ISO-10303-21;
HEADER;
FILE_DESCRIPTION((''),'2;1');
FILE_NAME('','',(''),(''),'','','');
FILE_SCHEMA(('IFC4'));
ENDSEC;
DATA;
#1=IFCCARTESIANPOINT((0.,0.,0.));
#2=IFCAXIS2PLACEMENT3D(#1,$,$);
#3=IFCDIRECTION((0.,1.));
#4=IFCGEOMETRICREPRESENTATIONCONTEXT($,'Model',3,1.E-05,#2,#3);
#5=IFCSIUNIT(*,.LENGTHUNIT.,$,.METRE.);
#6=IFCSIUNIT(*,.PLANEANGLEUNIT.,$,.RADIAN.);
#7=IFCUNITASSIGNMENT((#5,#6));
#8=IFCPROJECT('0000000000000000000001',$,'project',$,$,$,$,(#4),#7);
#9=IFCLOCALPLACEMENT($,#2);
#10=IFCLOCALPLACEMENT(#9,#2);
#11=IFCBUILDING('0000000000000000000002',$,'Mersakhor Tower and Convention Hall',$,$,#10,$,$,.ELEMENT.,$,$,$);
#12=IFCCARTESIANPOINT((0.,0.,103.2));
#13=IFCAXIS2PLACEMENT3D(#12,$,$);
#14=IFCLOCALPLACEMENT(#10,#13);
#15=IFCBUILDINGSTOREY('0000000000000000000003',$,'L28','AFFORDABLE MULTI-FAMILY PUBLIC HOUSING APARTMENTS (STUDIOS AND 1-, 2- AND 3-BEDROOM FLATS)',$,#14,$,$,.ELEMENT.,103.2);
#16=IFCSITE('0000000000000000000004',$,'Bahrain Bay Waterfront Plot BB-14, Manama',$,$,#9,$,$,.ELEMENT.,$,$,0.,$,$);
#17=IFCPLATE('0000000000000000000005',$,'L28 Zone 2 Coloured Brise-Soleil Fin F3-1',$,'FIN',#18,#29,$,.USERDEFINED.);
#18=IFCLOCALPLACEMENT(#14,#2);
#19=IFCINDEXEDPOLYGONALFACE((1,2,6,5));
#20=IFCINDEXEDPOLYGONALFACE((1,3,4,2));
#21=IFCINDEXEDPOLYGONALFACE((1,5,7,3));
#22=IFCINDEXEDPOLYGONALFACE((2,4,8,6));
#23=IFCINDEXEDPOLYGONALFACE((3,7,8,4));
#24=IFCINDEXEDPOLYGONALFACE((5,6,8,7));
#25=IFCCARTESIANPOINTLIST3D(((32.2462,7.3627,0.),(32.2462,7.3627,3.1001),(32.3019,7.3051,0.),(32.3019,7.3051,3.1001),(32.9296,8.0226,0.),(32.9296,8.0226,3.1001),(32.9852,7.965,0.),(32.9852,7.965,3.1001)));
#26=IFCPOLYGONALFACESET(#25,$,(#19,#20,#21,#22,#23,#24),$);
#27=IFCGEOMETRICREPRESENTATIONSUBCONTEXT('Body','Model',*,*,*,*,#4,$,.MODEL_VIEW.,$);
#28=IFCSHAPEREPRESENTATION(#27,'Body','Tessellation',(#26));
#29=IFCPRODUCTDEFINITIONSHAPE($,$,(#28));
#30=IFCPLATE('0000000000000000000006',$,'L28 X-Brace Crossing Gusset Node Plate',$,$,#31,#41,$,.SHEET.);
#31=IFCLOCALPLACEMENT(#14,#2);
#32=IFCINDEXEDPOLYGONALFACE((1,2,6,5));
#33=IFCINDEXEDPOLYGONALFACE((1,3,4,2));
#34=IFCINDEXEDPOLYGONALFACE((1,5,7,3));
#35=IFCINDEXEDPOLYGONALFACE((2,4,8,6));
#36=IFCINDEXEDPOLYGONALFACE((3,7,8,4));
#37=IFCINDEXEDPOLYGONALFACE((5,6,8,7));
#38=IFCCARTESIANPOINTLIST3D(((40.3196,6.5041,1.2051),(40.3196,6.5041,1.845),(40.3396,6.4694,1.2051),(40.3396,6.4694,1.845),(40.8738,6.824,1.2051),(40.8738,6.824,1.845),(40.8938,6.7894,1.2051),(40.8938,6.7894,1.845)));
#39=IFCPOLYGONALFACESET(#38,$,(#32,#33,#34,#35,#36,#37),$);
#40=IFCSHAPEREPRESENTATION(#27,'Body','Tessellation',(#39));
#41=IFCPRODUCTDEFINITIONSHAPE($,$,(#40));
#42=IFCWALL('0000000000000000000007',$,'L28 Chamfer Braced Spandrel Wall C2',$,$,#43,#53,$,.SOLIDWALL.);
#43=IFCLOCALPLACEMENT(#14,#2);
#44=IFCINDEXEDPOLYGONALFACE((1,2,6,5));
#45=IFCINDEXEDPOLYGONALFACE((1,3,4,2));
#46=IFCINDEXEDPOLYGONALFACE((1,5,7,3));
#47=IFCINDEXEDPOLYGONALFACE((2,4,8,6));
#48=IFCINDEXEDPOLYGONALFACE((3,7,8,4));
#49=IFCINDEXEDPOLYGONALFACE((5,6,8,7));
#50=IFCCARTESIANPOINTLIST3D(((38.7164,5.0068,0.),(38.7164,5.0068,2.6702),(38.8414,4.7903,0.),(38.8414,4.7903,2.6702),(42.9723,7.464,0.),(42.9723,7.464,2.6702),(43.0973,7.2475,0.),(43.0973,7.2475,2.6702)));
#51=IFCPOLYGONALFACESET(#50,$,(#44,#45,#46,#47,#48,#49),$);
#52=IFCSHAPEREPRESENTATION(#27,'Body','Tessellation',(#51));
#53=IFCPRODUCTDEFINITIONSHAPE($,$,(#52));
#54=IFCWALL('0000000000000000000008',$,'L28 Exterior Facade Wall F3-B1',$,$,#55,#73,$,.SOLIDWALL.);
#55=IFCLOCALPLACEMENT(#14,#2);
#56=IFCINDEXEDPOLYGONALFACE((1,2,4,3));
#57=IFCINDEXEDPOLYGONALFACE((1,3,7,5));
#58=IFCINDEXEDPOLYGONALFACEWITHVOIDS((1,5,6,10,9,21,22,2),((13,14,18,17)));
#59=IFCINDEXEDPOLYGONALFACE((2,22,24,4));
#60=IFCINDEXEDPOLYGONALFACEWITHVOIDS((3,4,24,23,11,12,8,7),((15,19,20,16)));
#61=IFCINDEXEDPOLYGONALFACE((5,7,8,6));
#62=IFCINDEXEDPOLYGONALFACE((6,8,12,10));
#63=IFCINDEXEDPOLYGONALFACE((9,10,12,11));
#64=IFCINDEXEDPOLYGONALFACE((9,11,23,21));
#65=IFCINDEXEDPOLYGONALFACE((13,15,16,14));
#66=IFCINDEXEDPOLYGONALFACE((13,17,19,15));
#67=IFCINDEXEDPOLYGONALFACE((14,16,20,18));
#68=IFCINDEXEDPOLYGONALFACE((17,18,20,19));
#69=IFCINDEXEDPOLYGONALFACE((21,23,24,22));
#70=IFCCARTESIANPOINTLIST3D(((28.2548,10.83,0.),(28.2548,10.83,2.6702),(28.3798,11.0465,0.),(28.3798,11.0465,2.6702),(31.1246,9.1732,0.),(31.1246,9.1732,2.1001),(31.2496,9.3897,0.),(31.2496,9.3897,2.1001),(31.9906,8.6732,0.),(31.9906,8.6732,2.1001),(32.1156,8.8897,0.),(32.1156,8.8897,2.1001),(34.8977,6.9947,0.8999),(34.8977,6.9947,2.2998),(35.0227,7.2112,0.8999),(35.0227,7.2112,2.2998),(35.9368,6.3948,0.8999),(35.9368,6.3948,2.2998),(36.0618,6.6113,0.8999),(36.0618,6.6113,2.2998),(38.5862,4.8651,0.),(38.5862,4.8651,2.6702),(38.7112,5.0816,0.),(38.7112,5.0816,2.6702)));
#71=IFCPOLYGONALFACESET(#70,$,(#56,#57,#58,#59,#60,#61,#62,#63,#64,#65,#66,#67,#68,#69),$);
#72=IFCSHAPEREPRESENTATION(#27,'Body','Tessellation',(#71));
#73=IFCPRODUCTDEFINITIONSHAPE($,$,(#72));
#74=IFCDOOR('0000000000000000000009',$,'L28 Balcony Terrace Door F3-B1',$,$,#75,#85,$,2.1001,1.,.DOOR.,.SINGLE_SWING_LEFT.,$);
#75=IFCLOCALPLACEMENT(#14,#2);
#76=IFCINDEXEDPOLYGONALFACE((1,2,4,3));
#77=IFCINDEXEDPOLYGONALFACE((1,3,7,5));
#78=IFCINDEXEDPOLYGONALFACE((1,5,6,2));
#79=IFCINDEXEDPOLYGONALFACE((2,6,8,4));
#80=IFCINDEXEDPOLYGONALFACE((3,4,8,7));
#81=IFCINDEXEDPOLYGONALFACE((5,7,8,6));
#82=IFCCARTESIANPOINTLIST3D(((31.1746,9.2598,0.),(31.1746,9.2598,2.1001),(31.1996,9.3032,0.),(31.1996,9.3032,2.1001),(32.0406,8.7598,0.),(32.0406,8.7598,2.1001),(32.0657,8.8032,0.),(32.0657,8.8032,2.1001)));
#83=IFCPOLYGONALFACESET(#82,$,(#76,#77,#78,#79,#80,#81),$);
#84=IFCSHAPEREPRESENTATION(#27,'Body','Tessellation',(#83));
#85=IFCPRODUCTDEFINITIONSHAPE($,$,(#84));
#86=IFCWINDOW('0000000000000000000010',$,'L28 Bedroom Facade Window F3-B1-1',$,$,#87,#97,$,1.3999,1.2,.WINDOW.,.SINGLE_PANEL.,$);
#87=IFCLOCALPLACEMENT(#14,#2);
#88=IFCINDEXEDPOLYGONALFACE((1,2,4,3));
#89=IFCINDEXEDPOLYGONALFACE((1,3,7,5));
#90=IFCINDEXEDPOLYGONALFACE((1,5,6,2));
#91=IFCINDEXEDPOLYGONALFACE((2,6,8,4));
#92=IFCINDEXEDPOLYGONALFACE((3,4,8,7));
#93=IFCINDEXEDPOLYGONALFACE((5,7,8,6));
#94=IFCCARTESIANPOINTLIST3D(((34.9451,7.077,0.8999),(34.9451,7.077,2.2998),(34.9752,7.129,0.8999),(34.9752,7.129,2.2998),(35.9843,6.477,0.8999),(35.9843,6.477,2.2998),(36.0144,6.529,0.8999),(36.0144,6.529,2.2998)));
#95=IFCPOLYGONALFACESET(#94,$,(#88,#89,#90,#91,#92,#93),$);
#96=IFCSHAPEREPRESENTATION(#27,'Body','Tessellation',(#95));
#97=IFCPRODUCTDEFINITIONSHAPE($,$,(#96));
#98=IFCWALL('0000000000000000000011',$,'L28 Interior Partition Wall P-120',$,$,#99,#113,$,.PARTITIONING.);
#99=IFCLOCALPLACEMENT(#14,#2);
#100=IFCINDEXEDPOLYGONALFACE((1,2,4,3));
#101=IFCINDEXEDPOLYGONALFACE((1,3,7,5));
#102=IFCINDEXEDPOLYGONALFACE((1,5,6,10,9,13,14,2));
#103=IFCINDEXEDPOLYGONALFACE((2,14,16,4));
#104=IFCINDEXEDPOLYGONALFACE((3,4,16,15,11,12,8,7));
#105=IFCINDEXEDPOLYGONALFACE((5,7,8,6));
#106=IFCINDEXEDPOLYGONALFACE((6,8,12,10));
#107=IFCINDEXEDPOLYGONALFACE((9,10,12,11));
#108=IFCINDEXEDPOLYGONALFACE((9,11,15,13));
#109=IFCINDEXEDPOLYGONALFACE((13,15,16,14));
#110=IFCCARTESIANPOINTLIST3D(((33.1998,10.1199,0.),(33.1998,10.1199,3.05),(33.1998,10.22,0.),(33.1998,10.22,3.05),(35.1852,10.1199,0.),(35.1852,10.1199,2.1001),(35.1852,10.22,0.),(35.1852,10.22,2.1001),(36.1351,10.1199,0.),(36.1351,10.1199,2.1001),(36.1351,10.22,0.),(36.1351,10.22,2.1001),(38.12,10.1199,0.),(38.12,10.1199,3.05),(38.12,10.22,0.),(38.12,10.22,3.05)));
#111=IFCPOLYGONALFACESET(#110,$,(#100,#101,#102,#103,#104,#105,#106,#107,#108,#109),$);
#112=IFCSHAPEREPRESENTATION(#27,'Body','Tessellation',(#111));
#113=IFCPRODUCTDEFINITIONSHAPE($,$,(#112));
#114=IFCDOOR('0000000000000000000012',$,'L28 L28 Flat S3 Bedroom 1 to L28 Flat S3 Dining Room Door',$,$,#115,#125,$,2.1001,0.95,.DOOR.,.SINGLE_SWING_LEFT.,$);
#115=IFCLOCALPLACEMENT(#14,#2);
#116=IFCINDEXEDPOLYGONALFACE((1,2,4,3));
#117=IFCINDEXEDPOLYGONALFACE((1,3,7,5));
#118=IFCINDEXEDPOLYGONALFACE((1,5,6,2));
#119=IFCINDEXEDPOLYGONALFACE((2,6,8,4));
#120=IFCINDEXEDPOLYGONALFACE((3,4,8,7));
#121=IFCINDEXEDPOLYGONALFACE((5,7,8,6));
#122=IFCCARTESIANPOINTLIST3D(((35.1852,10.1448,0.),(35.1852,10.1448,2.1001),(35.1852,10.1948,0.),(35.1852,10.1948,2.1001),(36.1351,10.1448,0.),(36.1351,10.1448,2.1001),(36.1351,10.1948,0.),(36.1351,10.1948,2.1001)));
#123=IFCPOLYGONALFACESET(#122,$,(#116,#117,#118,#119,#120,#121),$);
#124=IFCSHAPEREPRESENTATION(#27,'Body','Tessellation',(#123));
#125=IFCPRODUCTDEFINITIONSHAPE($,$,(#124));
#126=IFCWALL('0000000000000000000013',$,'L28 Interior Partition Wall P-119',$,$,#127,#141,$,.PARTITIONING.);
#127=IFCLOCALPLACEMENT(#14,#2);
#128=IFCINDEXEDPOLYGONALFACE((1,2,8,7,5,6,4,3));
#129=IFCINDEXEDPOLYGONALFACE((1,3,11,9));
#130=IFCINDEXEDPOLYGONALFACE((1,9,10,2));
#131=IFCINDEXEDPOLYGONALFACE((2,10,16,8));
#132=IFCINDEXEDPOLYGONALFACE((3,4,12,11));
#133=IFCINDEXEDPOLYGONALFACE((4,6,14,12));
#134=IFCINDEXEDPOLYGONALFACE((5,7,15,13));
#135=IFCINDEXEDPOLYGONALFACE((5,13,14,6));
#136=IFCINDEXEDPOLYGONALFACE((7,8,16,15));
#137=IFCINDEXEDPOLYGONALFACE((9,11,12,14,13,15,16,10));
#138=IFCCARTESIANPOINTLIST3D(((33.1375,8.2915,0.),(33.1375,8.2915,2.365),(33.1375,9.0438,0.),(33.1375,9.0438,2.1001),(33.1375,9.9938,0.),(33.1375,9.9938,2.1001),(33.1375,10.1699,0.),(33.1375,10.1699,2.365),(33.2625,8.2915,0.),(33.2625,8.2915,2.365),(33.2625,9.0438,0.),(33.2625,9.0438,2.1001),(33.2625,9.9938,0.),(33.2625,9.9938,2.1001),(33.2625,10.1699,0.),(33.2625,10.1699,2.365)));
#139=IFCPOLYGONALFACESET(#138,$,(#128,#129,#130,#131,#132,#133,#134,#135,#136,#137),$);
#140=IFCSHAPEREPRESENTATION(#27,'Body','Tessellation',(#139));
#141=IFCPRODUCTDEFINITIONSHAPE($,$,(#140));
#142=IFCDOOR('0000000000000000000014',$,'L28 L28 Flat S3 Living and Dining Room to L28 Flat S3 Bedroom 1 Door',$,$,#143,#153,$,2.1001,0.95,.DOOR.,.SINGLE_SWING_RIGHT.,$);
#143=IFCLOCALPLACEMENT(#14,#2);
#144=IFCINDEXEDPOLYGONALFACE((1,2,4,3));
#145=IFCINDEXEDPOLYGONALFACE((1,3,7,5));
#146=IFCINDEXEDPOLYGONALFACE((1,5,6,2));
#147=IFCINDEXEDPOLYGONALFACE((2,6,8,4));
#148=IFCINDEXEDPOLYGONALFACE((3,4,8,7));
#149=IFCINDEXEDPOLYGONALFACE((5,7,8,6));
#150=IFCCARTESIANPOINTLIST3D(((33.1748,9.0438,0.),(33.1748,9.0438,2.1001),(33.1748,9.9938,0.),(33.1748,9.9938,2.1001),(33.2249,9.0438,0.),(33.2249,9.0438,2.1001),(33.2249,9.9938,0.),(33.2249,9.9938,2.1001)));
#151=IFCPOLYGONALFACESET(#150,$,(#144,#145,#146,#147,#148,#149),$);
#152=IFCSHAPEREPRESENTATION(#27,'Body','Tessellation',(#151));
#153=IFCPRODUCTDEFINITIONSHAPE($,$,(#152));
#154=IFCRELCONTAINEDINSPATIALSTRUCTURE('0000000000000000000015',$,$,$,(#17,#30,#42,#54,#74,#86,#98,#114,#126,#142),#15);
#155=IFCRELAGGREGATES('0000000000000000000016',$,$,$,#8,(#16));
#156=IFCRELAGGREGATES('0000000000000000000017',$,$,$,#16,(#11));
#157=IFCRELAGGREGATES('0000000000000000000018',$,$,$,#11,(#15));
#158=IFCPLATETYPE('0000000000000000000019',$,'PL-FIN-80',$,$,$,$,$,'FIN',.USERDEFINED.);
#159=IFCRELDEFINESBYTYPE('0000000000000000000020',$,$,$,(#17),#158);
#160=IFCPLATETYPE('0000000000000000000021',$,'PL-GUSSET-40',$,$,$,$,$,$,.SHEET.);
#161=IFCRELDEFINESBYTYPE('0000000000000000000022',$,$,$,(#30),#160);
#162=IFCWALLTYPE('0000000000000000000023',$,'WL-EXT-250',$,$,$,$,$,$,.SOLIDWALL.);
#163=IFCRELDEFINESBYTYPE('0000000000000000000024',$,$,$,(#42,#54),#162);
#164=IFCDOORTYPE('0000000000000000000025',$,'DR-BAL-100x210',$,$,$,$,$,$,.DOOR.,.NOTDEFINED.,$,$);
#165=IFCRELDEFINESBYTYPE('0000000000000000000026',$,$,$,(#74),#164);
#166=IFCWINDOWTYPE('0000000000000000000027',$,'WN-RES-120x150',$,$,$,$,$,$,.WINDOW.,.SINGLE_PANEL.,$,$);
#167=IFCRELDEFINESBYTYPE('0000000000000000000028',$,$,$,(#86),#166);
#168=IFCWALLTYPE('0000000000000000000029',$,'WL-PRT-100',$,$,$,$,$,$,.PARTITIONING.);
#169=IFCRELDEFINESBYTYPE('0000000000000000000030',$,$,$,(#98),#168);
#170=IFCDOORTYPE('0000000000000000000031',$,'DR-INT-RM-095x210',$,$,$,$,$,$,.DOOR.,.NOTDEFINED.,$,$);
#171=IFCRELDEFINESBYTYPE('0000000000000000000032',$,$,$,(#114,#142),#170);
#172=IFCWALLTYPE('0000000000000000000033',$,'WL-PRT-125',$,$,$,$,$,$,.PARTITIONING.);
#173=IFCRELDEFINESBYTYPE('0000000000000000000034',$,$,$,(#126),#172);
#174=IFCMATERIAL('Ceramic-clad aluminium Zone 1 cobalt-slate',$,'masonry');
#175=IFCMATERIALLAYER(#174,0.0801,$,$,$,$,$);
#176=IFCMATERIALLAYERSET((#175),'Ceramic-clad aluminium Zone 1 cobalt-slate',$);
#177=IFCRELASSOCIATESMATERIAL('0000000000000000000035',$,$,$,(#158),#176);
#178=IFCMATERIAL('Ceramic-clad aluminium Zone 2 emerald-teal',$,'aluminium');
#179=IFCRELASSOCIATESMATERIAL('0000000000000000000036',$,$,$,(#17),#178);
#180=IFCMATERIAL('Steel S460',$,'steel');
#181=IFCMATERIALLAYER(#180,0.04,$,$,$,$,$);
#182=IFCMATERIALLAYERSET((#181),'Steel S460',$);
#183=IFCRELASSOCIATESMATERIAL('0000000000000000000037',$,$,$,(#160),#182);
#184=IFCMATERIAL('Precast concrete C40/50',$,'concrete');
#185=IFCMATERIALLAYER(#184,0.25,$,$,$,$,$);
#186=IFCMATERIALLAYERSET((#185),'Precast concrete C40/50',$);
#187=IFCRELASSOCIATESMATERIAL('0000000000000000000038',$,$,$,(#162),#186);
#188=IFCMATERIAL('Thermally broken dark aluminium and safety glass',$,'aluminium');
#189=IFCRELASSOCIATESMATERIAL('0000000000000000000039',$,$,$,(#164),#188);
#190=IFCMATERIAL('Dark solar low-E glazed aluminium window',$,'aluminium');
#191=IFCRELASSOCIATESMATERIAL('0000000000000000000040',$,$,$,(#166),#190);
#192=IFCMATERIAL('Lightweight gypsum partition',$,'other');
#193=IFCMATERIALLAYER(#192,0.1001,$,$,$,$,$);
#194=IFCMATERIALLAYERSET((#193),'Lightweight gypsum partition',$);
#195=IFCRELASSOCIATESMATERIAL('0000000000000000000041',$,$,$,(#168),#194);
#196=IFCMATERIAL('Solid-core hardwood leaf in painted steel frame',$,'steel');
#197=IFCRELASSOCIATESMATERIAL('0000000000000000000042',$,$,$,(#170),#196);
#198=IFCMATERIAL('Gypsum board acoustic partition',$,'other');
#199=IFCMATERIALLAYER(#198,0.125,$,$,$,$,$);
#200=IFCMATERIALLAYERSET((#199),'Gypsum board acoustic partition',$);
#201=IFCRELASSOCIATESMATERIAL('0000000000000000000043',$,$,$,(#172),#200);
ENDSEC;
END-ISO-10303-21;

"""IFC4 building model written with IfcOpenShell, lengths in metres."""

from ifc_helpers import new_model, si_unit, direction, frame, frame_2d, origin, origin_2d, place, context, subcontext, project, spatial, rectangle, extrude, material, layer, layer_set, type_object, element, fill, save


model = new_model("IFC4")

# Units and contexts
model_context = context("Model", 3, precision=1e-05, world=origin(), true_north=direction((0.0, 1.0)))
body_context = subcontext(model_context, "Body", "Model", "MODEL_VIEW")
ifc_project = project(units=[si_unit("LENGTHUNIT", "METRE"), si_unit("PLANEANGLEUNIT", "RADIAN")], contexts=[model_context])

# Site, building, storey
site_placement = place(None, origin())
site = spatial("IfcSite", under=ifc_project, at=site_placement, Name="Bahrain Bay Waterfront Plot BB-14, Manama", CompositionType="ELEMENT", RefElevation=0.0)
building_placement = place(site_placement, origin())
building = spatial("IfcBuilding", under=site, at=building_placement, Name="Mersakhor Tower and Convention Hall", CompositionType="ELEMENT")
storey_placement = place(building_placement, frame((0.0, 0.0, 103.2)))
storey = spatial("IfcBuildingStorey", under=building, at=storey_placement, Name="L28", Description="AFFORDABLE MULTI-FAMILY PUBLIC HOUSING APARTMENTS (STUDIOS AND 1-, 2- AND 3-BEDROOM FLATS)", CompositionType="ELEMENT", Elevation=103.2)

# Plates
ifc_material_1 = material(Name="Ceramic-clad aluminium Zone 2 emerald-teal", Category="aluminium")
ifc_material_2 = material(Name="Ceramic-clad aluminium Zone 1 cobalt-slate", Category="masonry")
ifc_layer_1 = layer(ifc_material_2, 0.0801)
ifc_layer_set_1 = layer_set([ifc_layer_1], Name="Ceramic-clad aluminium Zone 1 cobalt-slate")
plate_type_1 = type_object("IfcPlateType", Name="PL-FIN-80", ElementType="FIN", PredefinedType="USERDEFINED", material=ifc_layer_set_1)
plate_1_placement = place(storey_placement, frame((32.6157, 7.6638, 0.0), z_axis=(0.0, 0.0, 1.0), x_axis=(-0.71934, -0.694658, 0.0)))
element("IfcPlate", 1, at=plate_1_placement, inside=storey, type_object=plate_type_1, material=ifc_material_1, Name="L28 Zone 2 Coloured Brise-Soleil Fin F3-1", ObjectType="FIN", PredefinedType="USERDEFINED", context=body_context, shape_type="SweptSolid", body=[
    extrude(rectangle(XDim=0.95, YDim=0.0801, at=origin_2d()), origin(), (0.0, 0.0, 1.0), 3.1001),
])
ifc_material_3 = material(Name="Steel S460", Category="steel")
ifc_layer_2 = layer(ifc_material_3, 0.04)
ifc_layer_set_2 = layer_set([ifc_layer_2], Name="Steel S460")
plate_type_2 = type_object("IfcPlateType", Name="PL-GUSSET-40", PredefinedType="SHEET", material=ifc_layer_set_2)
plate_2_placement = place(storey_placement, frame((40.6067, 6.6467, 1.2051), z_axis=(0.0, 0.0, 1.0), x_axis=(0.866025, 0.5, 0.0)))
element("IfcPlate", 2, at=plate_2_placement, inside=storey, type_object=plate_type_2, Name="L28 X-Brace Crossing Gusset Node Plate", PredefinedType="SHEET", context=body_context, shape_type="SweptSolid", body=[
    extrude(rectangle(XDim=0.6399, YDim=0.04, at=origin_2d()), origin(), (0.0, 0.0, 1.0), 0.6399),
])

# Wall
ifc_material_4 = material(Name="Precast concrete C40/50", Category="concrete")
ifc_layer_3 = layer(ifc_material_4, 0.25)
ifc_layer_set_3 = layer_set([ifc_layer_3], Name="Precast concrete C40/50")
wall_type_1 = type_object("IfcWallType", Name="WL-EXT-250", PredefinedType="SOLIDWALL", material=ifc_layer_set_3)
wall_1_placement = place(storey_placement, frame((43.0347, 7.3557, 0.0), z_axis=(0.0, 0.0, 1.0), x_axis=(-0.866012, -0.500023, 0.0)))
element("IfcWall", 3, at=wall_1_placement, inside=storey, type_object=wall_type_1, Name="L28 Chamfer Braced Spandrel Wall C2", PredefinedType="SOLIDWALL", context=body_context, shape_type="SweptSolid", body=[
    extrude(rectangle(XDim=4.9143, YDim=0.25, at=frame_2d((2.457, 0.0))), origin(), (0.0, 0.0, 1.0), 2.6702),
])

# Wall, openings, door, window
wall_2_placement = place(storey_placement, frame((38.6487, 4.9734, 0.0), z_axis=(0.0, 0.0, 1.0), x_axis=(-0.866023, 0.500004, 0.0)))
wall_2 = element("IfcWall", 4, at=wall_2_placement, inside=storey, type_object=wall_type_1, Name="L28 Exterior Facade Wall F3-B1", PredefinedType="SOLIDWALL", context=body_context, shape_type="SweptSolid", body=[
    extrude(rectangle(XDim=11.9297, YDim=0.25, at=frame_2d((5.9648, 0.0))), origin(), (0.0, 0.0, 1.0), 2.6702),
])
opening_1_placement = place(wall_2_placement, frame((7.616, 0.0, 0.0)))
opening_1 = element("IfcOpeningElement", 5, at=opening_1_placement, cuts=wall_2, PredefinedType="OPENING", context=body_context, shape_type="SweptSolid", body=[
    extrude(rectangle(XDim=1.0, YDim=2.1001, at=frame_2d((0.5, 1.05))), frame((0.0, 0.135, 0.0), z_axis=(0.0, -1.0, 0.0), x_axis=(1.0, 0.0, 0.0)), (0.0, 0.0, 1.0), 0.27),
])
opening_2_placement = place(wall_2_placement, frame((3.0591, 0.0, 0.8999)))
opening_2 = element("IfcOpeningElement", 6, at=opening_2_placement, cuts=wall_2, PredefinedType="OPENING", context=body_context, shape_type="SweptSolid", body=[
    extrude(rectangle(XDim=1.2, YDim=1.3999, at=frame_2d((0.6001, 0.7))), frame((0.0, 0.135, 0.0), z_axis=(0.0, -1.0, 0.0), x_axis=(1.0, 0.0, 0.0)), (0.0, 0.0, 1.0), 0.27),
])
ifc_material_5 = material(Name="Thermally broken dark aluminium and safety glass", Category="aluminium")
door_type_1 = type_object("IfcDoorType", Name="DR-BAL-100x210", OperationType="NOTDEFINED", PredefinedType="DOOR", material=ifc_material_5)
door_1_placement = place(opening_1_placement, origin())
door_1 = element("IfcDoor", 7, at=door_1_placement, inside=storey, type_object=door_type_1, Name="L28 Balcony Terrace Door F3-B1", OperationType="SINGLE_SWING_LEFT", OverallHeight=2.1001, OverallWidth=1.0, PredefinedType="DOOR", context=body_context, shape_type="SweptSolid", body=[
    extrude(rectangle(XDim=1.0, YDim=2.1001, at=frame_2d((0.5, 1.05))), frame((0.0, 0.0249, 0.0), z_axis=(0.0, -1.0, 0.0), x_axis=(1.0, 0.0, 0.0)), (0.0, 0.0, 1.0), 0.05),
])
fill(opening_1, door_1)
ifc_material_6 = material(Name="Dark solar low-E glazed aluminium window", Category="aluminium")
window_type = type_object("IfcWindowType", Name="WN-RES-120x150", PartitioningType="SINGLE_PANEL", PredefinedType="WINDOW", material=ifc_material_6)
window_placement = place(opening_2_placement, origin())
window = element("IfcWindow", 8, at=window_placement, inside=storey, type_object=window_type, Name="L28 Bedroom Facade Window F3-B1-1", OverallHeight=1.3999, OverallWidth=1.2, PartitioningType="SINGLE_PANEL", PredefinedType="WINDOW", context=body_context, shape_type="SweptSolid", body=[
    extrude(rectangle(XDim=1.2, YDim=1.3999, at=frame_2d((0.6001, 0.7))), frame((0.0, 0.03, 0.0), z_axis=(0.0, -1.0, 0.0), x_axis=(1.0, 0.0, 0.0)), (0.0, 0.0, 1.0), 0.0601),
])
fill(opening_2, window)

# Walls, openings, doors
ifc_material_7 = material(Name="Lightweight gypsum partition", Category="other")
ifc_layer_4 = layer(ifc_material_7, 0.1001)
ifc_layer_set_4 = layer_set([ifc_layer_4], Name="Lightweight gypsum partition")
wall_type_2 = type_object("IfcWallType", Name="WL-PRT-100", PredefinedType="PARTITIONING", material=ifc_layer_set_4)
wall_3_placement = place(storey_placement, frame((33.2, 10.1699, 0.0), z_axis=(0.0, 0.0, 1.0), x_axis=(1.0, 0.0, 0.0)))
wall_3 = element("IfcWall", 9, at=wall_3_placement, inside=storey, type_object=wall_type_2, Name="L28 Interior Partition Wall P-120", PredefinedType="PARTITIONING", context=body_context, shape_type="SweptSolid", body=[
    extrude(rectangle(XDim=4.9202, YDim=0.1001, at=frame_2d((2.46, 0.0))), origin(), (0.0, 0.0, 1.0), 3.05),
])
opening_3_placement = place(wall_3_placement, frame((1.9851, 0.0, 0.0)))
opening_3 = element("IfcOpeningElement", 10, at=opening_3_placement, cuts=wall_3, PredefinedType="OPENING", context=body_context, shape_type="SweptSolid", body=[
    extrude(rectangle(XDim=0.95, YDim=2.1001, at=frame_2d((0.4751, 1.05))), frame((0.0, 0.0601, 0.0), z_axis=(0.0, -1.0, 0.0), x_axis=(1.0, 0.0, 0.0)), (0.0, 0.0, 1.0), 0.1201),
])
ifc_material_8 = material(Name="Solid-core hardwood leaf in painted steel frame", Category="steel")
door_type_2 = type_object("IfcDoorType", Name="DR-INT-RM-095x210", OperationType="NOTDEFINED", PredefinedType="DOOR", material=ifc_material_8)
door_2_placement = place(opening_3_placement, origin())
door_2 = element("IfcDoor", 11, at=door_2_placement, inside=storey, type_object=door_type_2, Name="L28 L28 Flat S3 Bedroom 1 to L28 Flat S3 Dining Room Door", OperationType="SINGLE_SWING_LEFT", OverallHeight=2.1001, OverallWidth=0.95, PredefinedType="DOOR", context=body_context, shape_type="SweptSolid", body=[
    extrude(rectangle(XDim=0.95, YDim=2.1001, at=frame_2d((0.4751, 1.05))), frame((0.0, 0.0249, 0.0), z_axis=(0.0, -1.0, 0.0), x_axis=(1.0, 0.0, 0.0)), (0.0, 0.0, 1.0), 0.05),
])
fill(opening_3, door_2)
ifc_material_9 = material(Name="Gypsum board acoustic partition", Category="other")
ifc_layer_5 = layer(ifc_material_9, 0.125)
ifc_layer_set_5 = layer_set([ifc_layer_5], Name="Gypsum board acoustic partition")
wall_type_3 = type_object("IfcWallType", Name="WL-PRT-125", PredefinedType="PARTITIONING", material=ifc_layer_set_5)
wall_4_placement = place(storey_placement, frame((33.2, 10.1699, 0.0), z_axis=(0.0, 0.0, 1.0), x_axis=(0.0, -1.0, 0.0)))
wall_4 = element("IfcWall", 12, at=wall_4_placement, inside=storey, type_object=wall_type_3, Name="L28 Interior Partition Wall P-119", PredefinedType="PARTITIONING", context=body_context, shape_type="SweptSolid", body=[
    extrude(rectangle(XDim=1.8784, YDim=0.125, at=frame_2d((0.9392, 0.0))), origin(), (0.0, 0.0, 1.0), 2.365),
])
opening_4_placement = place(wall_4_placement, frame((0.176, 0.0, 0.0)))
opening_4 = element("IfcOpeningElement", 13, at=opening_4_placement, cuts=wall_4, PredefinedType="OPENING", context=body_context, shape_type="SweptSolid", body=[
    extrude(rectangle(XDim=0.95, YDim=2.1001, at=frame_2d((0.4751, 1.05))), frame((0.0, 0.0725, 0.0), z_axis=(0.0, -1.0, 0.0), x_axis=(1.0, 0.0, 0.0)), (0.0, 0.0, 1.0), 0.145),
])
door_3_placement = place(opening_4_placement, origin())
door_3 = element("IfcDoor", 14, at=door_3_placement, inside=storey, type_object=door_type_2, Name="L28 L28 Flat S3 Living and Dining Room to L28 Flat S3 Bedroom 1 Door", OperationType="SINGLE_SWING_RIGHT", OverallHeight=2.1001, OverallWidth=0.95, PredefinedType="DOOR", context=body_context, shape_type="SweptSolid", body=[
    extrude(rectangle(XDim=0.95, YDim=2.1001, at=frame_2d((0.4751, 1.05))), frame((0.0, 0.0249, 0.0), z_axis=(0.0, -1.0, 0.0), x_axis=(1.0, 0.0, 0.0)), (0.0, 0.0, 1.0), 0.05),
])
fill(opening_4, door_3)

save(model, "model.ifc")
